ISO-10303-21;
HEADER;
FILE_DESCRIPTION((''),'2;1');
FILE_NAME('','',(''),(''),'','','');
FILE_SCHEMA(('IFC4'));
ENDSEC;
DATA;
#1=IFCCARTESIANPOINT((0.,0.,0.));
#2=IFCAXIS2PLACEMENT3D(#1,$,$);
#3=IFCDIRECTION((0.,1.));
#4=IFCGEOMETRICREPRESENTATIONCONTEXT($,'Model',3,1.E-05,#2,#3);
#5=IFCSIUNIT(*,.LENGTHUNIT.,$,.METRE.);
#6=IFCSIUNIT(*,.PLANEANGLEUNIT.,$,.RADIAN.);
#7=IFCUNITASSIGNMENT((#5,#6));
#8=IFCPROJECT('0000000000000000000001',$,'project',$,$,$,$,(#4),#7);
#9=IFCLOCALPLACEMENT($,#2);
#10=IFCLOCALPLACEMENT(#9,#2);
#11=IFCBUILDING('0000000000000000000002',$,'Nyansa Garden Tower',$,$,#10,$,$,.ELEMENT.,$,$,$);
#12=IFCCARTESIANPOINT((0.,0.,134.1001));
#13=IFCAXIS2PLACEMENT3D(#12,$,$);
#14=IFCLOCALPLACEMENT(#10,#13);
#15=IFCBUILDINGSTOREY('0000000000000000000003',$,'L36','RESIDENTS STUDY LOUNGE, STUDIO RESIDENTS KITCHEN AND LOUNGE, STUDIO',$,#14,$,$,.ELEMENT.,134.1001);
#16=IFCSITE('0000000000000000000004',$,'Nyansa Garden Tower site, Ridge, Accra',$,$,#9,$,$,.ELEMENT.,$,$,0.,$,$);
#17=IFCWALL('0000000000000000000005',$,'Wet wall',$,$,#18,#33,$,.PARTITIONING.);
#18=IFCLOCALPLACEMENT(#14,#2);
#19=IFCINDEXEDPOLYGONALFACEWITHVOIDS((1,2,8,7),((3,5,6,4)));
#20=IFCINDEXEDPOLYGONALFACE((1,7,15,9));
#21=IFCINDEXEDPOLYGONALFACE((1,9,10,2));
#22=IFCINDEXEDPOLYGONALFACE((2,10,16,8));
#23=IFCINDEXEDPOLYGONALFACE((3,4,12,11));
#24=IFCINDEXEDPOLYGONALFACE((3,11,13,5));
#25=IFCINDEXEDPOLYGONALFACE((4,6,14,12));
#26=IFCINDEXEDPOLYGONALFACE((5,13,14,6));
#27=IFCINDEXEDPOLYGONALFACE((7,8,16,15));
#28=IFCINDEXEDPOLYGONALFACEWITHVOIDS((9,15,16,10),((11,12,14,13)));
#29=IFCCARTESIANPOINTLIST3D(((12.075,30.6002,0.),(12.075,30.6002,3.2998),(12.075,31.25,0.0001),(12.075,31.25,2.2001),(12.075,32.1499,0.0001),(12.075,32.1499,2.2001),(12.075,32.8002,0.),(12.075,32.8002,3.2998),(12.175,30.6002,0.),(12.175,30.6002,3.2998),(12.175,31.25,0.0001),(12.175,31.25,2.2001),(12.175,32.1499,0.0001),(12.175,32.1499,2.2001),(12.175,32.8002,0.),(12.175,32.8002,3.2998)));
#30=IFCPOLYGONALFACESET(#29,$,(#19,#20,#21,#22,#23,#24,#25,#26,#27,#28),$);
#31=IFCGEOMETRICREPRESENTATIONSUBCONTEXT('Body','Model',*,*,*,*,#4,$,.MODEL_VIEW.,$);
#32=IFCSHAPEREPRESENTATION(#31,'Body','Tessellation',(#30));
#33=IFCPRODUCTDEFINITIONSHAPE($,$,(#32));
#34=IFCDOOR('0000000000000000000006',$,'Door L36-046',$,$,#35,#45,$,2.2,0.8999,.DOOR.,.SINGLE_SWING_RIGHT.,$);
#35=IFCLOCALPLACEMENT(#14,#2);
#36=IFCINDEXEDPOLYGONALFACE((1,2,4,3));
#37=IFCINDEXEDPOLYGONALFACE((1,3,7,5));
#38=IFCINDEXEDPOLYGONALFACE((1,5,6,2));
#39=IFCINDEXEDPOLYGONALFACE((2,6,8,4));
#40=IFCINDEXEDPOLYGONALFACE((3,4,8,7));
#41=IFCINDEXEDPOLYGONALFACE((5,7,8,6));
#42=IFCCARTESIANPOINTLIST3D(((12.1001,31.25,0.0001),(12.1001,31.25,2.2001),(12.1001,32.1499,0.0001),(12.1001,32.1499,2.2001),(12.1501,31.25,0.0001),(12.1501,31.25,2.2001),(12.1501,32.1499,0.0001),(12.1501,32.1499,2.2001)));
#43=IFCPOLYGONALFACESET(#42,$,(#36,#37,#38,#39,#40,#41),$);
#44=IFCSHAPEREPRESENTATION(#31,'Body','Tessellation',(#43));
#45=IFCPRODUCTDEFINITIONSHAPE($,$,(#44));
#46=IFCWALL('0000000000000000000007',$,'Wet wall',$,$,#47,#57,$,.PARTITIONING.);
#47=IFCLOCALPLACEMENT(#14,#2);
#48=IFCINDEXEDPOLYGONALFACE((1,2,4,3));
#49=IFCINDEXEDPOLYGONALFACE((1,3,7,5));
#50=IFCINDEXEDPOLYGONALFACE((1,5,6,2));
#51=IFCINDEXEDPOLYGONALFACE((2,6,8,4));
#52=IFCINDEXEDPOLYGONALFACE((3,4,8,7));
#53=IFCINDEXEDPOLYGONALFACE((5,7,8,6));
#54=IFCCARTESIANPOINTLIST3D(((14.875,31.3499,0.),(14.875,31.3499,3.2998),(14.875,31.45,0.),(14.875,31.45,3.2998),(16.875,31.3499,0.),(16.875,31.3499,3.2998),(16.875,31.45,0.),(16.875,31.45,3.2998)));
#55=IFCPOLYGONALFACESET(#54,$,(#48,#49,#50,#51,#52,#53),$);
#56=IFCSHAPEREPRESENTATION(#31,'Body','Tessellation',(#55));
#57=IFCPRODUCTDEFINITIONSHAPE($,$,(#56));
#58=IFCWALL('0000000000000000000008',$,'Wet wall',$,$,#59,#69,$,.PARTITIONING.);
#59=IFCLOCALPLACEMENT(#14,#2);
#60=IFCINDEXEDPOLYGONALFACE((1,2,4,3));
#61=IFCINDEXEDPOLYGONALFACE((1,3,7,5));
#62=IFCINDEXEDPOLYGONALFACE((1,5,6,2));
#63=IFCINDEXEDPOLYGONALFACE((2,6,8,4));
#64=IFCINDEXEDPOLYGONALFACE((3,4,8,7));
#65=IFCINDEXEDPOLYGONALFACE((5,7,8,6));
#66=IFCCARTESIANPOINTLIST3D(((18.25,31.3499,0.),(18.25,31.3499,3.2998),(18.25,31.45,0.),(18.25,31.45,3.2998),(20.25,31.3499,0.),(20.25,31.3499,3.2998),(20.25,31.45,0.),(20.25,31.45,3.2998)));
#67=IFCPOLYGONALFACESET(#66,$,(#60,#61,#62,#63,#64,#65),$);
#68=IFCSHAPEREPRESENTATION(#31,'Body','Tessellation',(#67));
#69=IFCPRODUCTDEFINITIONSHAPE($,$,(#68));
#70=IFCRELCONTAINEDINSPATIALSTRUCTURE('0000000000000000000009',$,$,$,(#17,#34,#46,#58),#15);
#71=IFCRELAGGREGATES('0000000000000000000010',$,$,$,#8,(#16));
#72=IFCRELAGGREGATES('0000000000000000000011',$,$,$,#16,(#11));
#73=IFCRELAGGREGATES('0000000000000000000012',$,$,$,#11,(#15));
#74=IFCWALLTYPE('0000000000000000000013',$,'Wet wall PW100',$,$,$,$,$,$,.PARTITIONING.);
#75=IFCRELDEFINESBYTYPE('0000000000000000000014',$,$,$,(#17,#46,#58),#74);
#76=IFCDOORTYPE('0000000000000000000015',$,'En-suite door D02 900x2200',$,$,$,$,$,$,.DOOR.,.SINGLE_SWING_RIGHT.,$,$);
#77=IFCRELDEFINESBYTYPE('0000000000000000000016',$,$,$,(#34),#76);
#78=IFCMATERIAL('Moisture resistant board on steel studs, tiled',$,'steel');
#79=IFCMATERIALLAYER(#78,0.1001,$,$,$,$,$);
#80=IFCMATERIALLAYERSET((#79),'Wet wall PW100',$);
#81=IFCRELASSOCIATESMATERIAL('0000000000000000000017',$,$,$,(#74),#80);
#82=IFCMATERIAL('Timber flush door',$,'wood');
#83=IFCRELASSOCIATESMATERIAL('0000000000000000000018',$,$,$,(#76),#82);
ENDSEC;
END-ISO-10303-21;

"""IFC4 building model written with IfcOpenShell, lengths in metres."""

from ifc_helpers import new_model, si_unit, direction, frame, frame_2d, origin, place, context, subcontext, project, spatial, rectangle, extrude, material, layer, layer_set, type_object, element, fill, save


model = new_model("IFC4")

# Units and contexts
model_context = context("Model", 3, precision=1e-05, world=origin(), true_north=direction((0.0, 1.0)))
body_context = subcontext(model_context, "Body", "Model", "MODEL_VIEW")
ifc_project = project(units=[si_unit("LENGTHUNIT", "METRE"), si_unit("PLANEANGLEUNIT", "RADIAN")], contexts=[model_context])

# Site, building, storey
site_placement = place(None, origin())
site = spatial("IfcSite", under=ifc_project, at=site_placement, Name="Nyansa Garden Tower site, Ridge, Accra", CompositionType="ELEMENT", RefElevation=0.0)
building_placement = place(site_placement, origin())
building = spatial("IfcBuilding", under=site, at=building_placement, Name="Nyansa Garden Tower", CompositionType="ELEMENT")
storey_placement = place(building_placement, frame((0.0, 0.0, 134.1001)))
storey = spatial("IfcBuildingStorey", under=building, at=storey_placement, Name="L36", Description="RESIDENTS STUDY LOUNGE, STUDIO RESIDENTS KITCHEN AND LOUNGE, STUDIO", CompositionType="ELEMENT", Elevation=134.1001)

# Shared definitions
ifc_material_1 = material(Name="Moisture resistant board on steel studs, tiled", Category="steel")
ifc_layer_1 = layer(ifc_material_1, 0.1001)
ifc_layer_set_1 = layer_set([ifc_layer_1], Name="Wet wall PW100")
wall_type = type_object("IfcWallType", Name="Wet wall PW100", PredefinedType="PARTITIONING", material=ifc_layer_set_1)

# Wall, opening, door
wall_1_placement = place(storey_placement, frame((12.125, 30.6001, 0.0), z_axis=(0.0, 0.0, 1.0), x_axis=(0.0, 1.0, 0.0)))
wall_1 = element("IfcWall", 1, at=wall_1_placement, inside=storey, type_object=wall_type, Name="Wet wall", PredefinedType="PARTITIONING", context=body_context, shape_type="SweptSolid", body=[
    extrude(rectangle(XDim=2.2, YDim=0.1001, at=frame_2d((1.1001, 0.0))), origin(), (0.0, 0.0, 1.0), 3.2998),
])
opening_1_placement = place(wall_1_placement, frame((0.6499, 0.0, 0.0)))
opening_1 = element("IfcOpeningElement", 2, at=opening_1_placement, cuts=wall_1, PredefinedType="OPENING", context=body_context, shape_type="SweptSolid", body=[
    extrude(rectangle(XDim=0.8999, YDim=2.2, at=frame_2d((0.45, 1.1001))), frame((0.0, 0.0601, 0.0), z_axis=(0.0, -1.0, 0.0), x_axis=(1.0, 0.0, 0.0)), (0.0, 0.0, 1.0), 0.1201),
])
ifc_material_2 = material(Name="Timber flush door", Category="wood")
door_type_1 = type_object("IfcDoorType", Name="En-suite door D02 900x2200", OperationType="SINGLE_SWING_RIGHT", PredefinedType="DOOR", material=ifc_material_2)
door_1_placement = place(opening_1_placement, origin())
door_1 = element("IfcDoor", 3, at=door_1_placement, inside=storey, type_object=door_type_1, Name="Door L36-046", OperationType="SINGLE_SWING_RIGHT", OverallHeight=2.2, OverallWidth=0.8999, PredefinedType="DOOR", context=body_context, shape_type="SweptSolid", body=[
    extrude(rectangle(XDim=0.8999, YDim=2.2, at=frame_2d((0.45, 1.1001))), frame((0.0, 0.0249, 0.0), z_axis=(0.0, -1.0, 0.0), x_axis=(1.0, 0.0, 0.0)), (0.0, 0.0, 1.0), 0.05),
])
fill(opening_1, door_1)

# Walls
for number, where, z_axis, x_axis, name in (
    (4, (14.875, 31.3999, 0.0), (0.0, 0.0, 1.0), (1.0, 0.0, 0.0), "Wet wall"),
    (5, (18.25, 31.3999, 0.0), (0.0, 0.0, 1.0), (1.0, 0.0, 0.0), "Wet wall"),
):
    element("IfcWall", number, at=place(storey_placement, frame(where, z_axis=z_axis, x_axis=x_axis)), inside=storey, type_object=wall_type, Name=name, PredefinedType="PARTITIONING", context=body_context, shape_type="SweptSolid", body=[
        extrude(rectangle(XDim=2.0, YDim=0.1001, at=frame_2d((1.0, 0.0))), origin(), (0.0, 0.0, 1.0), 3.2998),
    ])

save(model, "model.ifc")
